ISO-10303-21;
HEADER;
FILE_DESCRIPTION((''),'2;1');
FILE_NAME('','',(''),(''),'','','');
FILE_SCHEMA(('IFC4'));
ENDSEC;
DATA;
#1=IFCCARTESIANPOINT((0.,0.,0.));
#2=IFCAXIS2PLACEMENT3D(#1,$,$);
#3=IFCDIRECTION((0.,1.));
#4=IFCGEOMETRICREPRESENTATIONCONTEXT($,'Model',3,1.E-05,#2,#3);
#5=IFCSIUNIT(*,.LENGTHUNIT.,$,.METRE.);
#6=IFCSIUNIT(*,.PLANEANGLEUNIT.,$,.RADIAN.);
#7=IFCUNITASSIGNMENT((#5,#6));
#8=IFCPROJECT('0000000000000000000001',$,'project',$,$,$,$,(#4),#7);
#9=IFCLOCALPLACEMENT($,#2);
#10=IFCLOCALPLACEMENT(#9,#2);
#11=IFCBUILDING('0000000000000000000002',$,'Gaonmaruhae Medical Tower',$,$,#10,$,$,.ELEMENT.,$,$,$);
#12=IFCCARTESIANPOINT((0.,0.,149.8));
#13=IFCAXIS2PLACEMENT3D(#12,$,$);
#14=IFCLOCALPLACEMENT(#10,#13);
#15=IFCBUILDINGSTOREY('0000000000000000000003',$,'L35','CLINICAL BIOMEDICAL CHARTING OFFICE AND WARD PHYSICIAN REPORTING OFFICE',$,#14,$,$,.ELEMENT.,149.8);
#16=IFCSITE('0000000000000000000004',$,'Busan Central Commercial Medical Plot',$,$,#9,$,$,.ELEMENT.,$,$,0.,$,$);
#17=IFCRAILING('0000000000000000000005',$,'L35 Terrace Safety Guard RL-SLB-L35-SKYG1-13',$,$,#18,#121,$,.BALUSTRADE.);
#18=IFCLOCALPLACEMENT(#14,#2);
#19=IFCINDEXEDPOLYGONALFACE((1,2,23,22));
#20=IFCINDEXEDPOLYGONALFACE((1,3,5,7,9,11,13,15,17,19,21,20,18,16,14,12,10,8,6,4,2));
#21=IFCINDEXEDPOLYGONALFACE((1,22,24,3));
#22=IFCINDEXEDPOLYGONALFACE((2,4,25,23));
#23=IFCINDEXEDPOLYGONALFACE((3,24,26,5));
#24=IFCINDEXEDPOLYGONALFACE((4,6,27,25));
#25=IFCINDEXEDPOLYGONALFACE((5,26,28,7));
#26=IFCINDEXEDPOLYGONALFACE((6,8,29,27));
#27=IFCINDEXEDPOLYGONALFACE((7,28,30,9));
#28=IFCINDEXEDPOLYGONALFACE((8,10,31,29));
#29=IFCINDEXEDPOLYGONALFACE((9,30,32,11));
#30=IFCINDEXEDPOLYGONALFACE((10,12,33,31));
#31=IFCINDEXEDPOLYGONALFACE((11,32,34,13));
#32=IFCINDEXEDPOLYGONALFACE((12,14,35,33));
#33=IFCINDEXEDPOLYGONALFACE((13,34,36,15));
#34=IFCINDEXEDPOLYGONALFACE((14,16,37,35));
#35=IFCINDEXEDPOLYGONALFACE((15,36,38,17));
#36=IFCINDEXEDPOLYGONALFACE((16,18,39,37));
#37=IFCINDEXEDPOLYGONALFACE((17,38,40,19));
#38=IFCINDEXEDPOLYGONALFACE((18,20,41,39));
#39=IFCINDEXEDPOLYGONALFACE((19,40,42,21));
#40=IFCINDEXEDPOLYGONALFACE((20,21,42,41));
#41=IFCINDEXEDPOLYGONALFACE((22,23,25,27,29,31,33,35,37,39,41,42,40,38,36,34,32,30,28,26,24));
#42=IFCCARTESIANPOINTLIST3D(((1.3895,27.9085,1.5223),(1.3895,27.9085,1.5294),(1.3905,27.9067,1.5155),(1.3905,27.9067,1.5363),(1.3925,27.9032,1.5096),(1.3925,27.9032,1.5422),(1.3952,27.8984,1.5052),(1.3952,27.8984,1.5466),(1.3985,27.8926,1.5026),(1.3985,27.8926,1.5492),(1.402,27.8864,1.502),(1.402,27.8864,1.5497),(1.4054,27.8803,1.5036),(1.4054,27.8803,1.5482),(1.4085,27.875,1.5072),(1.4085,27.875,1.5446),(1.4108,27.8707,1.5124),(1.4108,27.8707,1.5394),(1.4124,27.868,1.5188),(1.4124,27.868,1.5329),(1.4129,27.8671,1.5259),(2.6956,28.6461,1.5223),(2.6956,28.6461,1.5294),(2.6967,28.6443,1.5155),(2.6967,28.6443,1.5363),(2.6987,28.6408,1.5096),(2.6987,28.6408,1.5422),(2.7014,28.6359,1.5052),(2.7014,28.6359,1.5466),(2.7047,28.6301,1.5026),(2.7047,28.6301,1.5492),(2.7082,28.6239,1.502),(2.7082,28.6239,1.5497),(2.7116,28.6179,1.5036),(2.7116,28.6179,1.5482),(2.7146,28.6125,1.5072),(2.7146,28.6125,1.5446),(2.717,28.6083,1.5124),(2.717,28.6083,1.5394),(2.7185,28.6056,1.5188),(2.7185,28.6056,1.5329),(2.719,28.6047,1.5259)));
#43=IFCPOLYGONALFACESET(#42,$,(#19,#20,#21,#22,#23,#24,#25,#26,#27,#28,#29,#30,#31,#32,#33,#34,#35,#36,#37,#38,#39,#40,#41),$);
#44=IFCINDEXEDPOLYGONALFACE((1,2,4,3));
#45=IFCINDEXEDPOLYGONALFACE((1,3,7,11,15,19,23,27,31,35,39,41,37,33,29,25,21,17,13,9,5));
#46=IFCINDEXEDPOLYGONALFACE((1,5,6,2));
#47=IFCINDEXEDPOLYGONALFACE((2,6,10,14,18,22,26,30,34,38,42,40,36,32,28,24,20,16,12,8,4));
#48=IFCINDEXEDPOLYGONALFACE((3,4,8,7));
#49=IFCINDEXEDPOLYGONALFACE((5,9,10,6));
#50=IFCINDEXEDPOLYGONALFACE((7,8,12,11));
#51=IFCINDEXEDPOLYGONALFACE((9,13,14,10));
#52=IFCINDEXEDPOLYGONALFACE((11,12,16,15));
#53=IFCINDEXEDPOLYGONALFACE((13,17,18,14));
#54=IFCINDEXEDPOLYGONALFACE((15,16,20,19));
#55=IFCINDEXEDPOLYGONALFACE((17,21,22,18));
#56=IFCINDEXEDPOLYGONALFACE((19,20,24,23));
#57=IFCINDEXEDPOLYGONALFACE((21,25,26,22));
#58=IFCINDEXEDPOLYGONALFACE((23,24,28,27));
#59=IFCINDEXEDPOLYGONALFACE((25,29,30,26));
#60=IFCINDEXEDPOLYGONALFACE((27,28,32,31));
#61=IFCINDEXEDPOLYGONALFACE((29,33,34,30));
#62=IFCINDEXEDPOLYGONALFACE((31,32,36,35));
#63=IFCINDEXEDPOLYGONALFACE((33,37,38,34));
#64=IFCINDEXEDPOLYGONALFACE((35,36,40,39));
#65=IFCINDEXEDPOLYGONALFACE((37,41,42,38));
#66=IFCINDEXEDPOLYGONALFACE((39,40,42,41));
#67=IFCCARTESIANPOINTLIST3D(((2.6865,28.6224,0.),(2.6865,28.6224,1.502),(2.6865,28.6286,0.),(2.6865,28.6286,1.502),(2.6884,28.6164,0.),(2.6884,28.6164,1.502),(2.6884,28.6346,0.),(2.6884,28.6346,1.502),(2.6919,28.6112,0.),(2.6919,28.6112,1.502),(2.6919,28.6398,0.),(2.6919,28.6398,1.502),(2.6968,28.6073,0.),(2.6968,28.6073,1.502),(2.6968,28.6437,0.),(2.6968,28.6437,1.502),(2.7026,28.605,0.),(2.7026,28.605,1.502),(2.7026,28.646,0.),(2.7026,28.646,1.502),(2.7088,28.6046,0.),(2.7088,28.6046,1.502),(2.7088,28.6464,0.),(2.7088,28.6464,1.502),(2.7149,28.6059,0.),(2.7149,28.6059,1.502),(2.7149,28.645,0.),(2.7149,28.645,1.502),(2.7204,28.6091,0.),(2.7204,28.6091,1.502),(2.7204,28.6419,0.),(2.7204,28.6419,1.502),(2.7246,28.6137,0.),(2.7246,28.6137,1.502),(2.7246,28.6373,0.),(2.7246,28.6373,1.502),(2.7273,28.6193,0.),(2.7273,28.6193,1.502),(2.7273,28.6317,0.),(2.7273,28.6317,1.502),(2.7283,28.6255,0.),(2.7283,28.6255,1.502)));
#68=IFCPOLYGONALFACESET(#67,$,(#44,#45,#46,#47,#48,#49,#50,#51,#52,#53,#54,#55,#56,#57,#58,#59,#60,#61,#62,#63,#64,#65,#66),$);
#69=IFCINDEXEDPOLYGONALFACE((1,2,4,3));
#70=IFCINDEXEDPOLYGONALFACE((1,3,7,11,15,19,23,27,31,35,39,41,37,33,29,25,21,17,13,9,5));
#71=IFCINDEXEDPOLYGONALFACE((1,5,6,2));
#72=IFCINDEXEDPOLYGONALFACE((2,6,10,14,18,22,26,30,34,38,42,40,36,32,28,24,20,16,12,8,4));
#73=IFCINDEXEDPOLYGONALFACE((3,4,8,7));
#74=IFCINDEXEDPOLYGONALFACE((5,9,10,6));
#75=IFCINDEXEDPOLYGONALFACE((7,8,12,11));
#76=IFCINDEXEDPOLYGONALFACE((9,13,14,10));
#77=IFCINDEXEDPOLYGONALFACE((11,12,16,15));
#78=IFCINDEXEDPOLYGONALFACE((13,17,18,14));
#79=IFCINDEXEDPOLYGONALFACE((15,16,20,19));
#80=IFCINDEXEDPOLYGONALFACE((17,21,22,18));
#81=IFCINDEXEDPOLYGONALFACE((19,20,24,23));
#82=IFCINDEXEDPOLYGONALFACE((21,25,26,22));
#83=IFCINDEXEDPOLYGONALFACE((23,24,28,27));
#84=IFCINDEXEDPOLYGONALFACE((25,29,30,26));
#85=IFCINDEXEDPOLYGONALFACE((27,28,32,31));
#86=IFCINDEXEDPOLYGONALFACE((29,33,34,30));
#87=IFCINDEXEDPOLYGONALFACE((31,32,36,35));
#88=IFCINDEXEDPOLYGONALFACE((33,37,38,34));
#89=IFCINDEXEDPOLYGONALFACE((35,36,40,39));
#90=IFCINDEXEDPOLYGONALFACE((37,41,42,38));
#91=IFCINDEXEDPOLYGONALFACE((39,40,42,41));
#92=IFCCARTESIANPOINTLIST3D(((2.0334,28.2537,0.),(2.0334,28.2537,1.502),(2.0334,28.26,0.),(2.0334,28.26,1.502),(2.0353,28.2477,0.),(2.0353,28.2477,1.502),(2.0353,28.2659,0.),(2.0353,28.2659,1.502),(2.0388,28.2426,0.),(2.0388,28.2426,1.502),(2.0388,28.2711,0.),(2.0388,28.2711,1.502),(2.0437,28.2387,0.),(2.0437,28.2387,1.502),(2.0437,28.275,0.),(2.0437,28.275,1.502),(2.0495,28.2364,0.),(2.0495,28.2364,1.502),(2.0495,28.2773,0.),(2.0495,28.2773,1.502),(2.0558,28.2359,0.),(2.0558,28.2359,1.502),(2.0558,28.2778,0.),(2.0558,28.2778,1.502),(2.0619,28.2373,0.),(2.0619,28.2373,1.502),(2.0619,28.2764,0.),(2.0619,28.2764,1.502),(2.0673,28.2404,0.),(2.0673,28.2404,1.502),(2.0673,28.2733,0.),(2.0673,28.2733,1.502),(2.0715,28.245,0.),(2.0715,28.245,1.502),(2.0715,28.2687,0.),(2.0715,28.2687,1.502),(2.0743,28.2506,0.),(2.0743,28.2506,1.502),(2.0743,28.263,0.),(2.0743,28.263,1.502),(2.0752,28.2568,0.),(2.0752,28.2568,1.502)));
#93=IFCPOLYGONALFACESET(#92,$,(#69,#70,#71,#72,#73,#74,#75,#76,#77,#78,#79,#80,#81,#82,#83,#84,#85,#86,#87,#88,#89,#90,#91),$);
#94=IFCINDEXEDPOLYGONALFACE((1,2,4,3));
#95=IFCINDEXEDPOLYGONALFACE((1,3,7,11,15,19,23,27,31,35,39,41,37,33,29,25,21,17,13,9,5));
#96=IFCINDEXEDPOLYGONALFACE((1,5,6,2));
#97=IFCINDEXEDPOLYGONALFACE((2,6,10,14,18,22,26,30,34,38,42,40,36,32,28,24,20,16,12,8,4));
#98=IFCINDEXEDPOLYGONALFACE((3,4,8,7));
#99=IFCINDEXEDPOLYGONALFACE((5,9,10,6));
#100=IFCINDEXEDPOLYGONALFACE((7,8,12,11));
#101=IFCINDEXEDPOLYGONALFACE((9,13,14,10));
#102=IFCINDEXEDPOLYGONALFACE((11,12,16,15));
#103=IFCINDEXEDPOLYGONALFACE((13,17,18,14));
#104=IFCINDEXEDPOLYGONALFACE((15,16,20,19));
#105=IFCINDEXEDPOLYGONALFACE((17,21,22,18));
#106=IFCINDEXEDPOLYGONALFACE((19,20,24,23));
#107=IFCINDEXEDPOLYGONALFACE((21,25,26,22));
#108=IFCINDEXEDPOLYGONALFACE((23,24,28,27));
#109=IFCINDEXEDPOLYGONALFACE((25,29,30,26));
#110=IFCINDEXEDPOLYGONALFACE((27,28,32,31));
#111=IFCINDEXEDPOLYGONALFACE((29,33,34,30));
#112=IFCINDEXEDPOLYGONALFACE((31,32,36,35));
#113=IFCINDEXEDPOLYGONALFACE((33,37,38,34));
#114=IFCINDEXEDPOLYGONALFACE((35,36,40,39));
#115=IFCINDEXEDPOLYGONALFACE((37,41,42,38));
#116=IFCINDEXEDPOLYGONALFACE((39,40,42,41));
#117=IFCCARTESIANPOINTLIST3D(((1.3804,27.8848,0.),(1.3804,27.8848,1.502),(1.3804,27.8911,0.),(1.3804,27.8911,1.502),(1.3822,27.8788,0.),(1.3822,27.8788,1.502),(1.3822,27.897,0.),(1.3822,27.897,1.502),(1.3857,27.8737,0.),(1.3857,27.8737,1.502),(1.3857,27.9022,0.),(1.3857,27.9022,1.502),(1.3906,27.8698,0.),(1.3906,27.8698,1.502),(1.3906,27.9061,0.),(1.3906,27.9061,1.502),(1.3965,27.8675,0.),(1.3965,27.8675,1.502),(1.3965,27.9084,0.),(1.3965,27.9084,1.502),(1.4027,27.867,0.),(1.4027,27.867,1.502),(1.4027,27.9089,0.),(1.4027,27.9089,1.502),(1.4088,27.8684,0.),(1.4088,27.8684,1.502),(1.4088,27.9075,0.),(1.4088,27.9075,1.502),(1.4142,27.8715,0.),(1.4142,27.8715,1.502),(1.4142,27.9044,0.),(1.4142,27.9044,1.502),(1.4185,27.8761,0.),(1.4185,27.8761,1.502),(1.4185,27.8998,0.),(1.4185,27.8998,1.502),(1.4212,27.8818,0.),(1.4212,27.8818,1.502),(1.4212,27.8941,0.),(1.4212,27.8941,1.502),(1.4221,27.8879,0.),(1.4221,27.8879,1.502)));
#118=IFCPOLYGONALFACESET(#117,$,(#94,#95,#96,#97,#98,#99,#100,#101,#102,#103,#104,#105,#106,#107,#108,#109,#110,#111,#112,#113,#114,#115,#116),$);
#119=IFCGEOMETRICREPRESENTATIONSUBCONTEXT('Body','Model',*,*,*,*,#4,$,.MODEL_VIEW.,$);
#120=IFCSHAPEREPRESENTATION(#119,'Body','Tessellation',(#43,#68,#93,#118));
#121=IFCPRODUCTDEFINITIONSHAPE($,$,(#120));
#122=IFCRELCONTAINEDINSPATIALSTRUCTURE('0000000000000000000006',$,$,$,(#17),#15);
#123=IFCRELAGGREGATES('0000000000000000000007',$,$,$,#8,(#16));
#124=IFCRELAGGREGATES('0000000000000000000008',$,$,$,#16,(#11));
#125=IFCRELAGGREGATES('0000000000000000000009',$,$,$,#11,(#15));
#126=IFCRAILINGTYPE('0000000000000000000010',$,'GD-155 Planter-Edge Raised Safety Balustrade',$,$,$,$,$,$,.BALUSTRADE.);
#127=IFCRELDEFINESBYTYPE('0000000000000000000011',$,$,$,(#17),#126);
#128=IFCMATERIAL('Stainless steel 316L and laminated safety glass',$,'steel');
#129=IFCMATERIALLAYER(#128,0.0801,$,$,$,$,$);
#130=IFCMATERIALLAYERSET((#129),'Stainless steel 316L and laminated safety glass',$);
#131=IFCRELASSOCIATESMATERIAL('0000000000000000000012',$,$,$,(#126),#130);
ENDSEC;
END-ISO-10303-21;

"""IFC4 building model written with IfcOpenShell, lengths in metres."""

from ifc_helpers import new_model, si_unit, direction, frame, origin, origin_2d, place, context, subcontext, project, spatial, circle, extrude, material, layer, layer_set, type_object, element, save


model = new_model("IFC4")

# Units and contexts
model_context = context("Model", 3, precision=1e-05, world=origin(), true_north=direction((0.0, 1.0)))
body_context = subcontext(model_context, "Body", "Model", "MODEL_VIEW")
ifc_project = project(units=[si_unit("LENGTHUNIT", "METRE"), si_unit("PLANEANGLEUNIT", "RADIAN")], contexts=[model_context])

# Site, building, storey
site_placement = place(None, origin())
site = spatial("IfcSite", under=ifc_project, at=site_placement, Name="Busan Central Commercial Medical Plot", CompositionType="ELEMENT", RefElevation=0.0)
building_placement = place(site_placement, origin())
building = spatial("IfcBuilding", under=site, at=building_placement, Name="Gaonmaruhae Medical Tower", CompositionType="ELEMENT")
storey_placement = place(building_placement, frame((0.0, 0.0, 149.8)))
storey = spatial("IfcBuildingStorey", under=building, at=storey_placement, Name="L35", Description="CLINICAL BIOMEDICAL CHARTING OFFICE AND WARD PHYSICIAN REPORTING OFFICE", CompositionType="ELEMENT", Elevation=149.8)

# Railing
ifc_material_1 = material(Name="Stainless steel 316L and laminated safety glass", Category="steel")
ifc_layer_1 = layer(ifc_material_1, 0.0801)
ifc_layer_set_1 = layer_set([ifc_layer_1], Name="Stainless steel 316L and laminated safety glass")
railing_type = type_object("IfcRailingType", Name="GD-155 Planter-Edge Raised Safety Balustrade", PredefinedType="BALUSTRADE", material=ifc_layer_set_1)
railing_1_placement = place(storey_placement, frame((2.7073, 28.6255, 0.0)))
element("IfcRailing", 1, at=railing_1_placement, inside=storey, type_object=railing_type, Name="L35 Terrace Safety Guard RL-SLB-L35-SKYG1-13", PredefinedType="BALUSTRADE", context=body_context, shape_type="SweptSolid", body=[
    extrude(circle(Radius=0.0239, at=origin_2d()), frame((0.0, 0.0, 1.5259), z_axis=(-0.870766, -0.491698, 0.0), x_axis=(0.491698, -0.870766, 0.0)), (0.0, 0.0, 1.0), 1.5),
    extrude(circle(Radius=0.021, at=origin_2d()), origin(), (0.0, 0.0, 1.0), 1.502),
    extrude(circle(Radius=0.021, at=origin_2d()), frame((-0.6531, -0.3687, 0.0)), (0.0, 0.0, 1.0), 1.502),
    extrude(circle(Radius=0.021, at=origin_2d()), frame((-1.3062, -0.7375, 0.0)), (0.0, 0.0, 1.0), 1.502),
])

save(model, "model.ifc")
